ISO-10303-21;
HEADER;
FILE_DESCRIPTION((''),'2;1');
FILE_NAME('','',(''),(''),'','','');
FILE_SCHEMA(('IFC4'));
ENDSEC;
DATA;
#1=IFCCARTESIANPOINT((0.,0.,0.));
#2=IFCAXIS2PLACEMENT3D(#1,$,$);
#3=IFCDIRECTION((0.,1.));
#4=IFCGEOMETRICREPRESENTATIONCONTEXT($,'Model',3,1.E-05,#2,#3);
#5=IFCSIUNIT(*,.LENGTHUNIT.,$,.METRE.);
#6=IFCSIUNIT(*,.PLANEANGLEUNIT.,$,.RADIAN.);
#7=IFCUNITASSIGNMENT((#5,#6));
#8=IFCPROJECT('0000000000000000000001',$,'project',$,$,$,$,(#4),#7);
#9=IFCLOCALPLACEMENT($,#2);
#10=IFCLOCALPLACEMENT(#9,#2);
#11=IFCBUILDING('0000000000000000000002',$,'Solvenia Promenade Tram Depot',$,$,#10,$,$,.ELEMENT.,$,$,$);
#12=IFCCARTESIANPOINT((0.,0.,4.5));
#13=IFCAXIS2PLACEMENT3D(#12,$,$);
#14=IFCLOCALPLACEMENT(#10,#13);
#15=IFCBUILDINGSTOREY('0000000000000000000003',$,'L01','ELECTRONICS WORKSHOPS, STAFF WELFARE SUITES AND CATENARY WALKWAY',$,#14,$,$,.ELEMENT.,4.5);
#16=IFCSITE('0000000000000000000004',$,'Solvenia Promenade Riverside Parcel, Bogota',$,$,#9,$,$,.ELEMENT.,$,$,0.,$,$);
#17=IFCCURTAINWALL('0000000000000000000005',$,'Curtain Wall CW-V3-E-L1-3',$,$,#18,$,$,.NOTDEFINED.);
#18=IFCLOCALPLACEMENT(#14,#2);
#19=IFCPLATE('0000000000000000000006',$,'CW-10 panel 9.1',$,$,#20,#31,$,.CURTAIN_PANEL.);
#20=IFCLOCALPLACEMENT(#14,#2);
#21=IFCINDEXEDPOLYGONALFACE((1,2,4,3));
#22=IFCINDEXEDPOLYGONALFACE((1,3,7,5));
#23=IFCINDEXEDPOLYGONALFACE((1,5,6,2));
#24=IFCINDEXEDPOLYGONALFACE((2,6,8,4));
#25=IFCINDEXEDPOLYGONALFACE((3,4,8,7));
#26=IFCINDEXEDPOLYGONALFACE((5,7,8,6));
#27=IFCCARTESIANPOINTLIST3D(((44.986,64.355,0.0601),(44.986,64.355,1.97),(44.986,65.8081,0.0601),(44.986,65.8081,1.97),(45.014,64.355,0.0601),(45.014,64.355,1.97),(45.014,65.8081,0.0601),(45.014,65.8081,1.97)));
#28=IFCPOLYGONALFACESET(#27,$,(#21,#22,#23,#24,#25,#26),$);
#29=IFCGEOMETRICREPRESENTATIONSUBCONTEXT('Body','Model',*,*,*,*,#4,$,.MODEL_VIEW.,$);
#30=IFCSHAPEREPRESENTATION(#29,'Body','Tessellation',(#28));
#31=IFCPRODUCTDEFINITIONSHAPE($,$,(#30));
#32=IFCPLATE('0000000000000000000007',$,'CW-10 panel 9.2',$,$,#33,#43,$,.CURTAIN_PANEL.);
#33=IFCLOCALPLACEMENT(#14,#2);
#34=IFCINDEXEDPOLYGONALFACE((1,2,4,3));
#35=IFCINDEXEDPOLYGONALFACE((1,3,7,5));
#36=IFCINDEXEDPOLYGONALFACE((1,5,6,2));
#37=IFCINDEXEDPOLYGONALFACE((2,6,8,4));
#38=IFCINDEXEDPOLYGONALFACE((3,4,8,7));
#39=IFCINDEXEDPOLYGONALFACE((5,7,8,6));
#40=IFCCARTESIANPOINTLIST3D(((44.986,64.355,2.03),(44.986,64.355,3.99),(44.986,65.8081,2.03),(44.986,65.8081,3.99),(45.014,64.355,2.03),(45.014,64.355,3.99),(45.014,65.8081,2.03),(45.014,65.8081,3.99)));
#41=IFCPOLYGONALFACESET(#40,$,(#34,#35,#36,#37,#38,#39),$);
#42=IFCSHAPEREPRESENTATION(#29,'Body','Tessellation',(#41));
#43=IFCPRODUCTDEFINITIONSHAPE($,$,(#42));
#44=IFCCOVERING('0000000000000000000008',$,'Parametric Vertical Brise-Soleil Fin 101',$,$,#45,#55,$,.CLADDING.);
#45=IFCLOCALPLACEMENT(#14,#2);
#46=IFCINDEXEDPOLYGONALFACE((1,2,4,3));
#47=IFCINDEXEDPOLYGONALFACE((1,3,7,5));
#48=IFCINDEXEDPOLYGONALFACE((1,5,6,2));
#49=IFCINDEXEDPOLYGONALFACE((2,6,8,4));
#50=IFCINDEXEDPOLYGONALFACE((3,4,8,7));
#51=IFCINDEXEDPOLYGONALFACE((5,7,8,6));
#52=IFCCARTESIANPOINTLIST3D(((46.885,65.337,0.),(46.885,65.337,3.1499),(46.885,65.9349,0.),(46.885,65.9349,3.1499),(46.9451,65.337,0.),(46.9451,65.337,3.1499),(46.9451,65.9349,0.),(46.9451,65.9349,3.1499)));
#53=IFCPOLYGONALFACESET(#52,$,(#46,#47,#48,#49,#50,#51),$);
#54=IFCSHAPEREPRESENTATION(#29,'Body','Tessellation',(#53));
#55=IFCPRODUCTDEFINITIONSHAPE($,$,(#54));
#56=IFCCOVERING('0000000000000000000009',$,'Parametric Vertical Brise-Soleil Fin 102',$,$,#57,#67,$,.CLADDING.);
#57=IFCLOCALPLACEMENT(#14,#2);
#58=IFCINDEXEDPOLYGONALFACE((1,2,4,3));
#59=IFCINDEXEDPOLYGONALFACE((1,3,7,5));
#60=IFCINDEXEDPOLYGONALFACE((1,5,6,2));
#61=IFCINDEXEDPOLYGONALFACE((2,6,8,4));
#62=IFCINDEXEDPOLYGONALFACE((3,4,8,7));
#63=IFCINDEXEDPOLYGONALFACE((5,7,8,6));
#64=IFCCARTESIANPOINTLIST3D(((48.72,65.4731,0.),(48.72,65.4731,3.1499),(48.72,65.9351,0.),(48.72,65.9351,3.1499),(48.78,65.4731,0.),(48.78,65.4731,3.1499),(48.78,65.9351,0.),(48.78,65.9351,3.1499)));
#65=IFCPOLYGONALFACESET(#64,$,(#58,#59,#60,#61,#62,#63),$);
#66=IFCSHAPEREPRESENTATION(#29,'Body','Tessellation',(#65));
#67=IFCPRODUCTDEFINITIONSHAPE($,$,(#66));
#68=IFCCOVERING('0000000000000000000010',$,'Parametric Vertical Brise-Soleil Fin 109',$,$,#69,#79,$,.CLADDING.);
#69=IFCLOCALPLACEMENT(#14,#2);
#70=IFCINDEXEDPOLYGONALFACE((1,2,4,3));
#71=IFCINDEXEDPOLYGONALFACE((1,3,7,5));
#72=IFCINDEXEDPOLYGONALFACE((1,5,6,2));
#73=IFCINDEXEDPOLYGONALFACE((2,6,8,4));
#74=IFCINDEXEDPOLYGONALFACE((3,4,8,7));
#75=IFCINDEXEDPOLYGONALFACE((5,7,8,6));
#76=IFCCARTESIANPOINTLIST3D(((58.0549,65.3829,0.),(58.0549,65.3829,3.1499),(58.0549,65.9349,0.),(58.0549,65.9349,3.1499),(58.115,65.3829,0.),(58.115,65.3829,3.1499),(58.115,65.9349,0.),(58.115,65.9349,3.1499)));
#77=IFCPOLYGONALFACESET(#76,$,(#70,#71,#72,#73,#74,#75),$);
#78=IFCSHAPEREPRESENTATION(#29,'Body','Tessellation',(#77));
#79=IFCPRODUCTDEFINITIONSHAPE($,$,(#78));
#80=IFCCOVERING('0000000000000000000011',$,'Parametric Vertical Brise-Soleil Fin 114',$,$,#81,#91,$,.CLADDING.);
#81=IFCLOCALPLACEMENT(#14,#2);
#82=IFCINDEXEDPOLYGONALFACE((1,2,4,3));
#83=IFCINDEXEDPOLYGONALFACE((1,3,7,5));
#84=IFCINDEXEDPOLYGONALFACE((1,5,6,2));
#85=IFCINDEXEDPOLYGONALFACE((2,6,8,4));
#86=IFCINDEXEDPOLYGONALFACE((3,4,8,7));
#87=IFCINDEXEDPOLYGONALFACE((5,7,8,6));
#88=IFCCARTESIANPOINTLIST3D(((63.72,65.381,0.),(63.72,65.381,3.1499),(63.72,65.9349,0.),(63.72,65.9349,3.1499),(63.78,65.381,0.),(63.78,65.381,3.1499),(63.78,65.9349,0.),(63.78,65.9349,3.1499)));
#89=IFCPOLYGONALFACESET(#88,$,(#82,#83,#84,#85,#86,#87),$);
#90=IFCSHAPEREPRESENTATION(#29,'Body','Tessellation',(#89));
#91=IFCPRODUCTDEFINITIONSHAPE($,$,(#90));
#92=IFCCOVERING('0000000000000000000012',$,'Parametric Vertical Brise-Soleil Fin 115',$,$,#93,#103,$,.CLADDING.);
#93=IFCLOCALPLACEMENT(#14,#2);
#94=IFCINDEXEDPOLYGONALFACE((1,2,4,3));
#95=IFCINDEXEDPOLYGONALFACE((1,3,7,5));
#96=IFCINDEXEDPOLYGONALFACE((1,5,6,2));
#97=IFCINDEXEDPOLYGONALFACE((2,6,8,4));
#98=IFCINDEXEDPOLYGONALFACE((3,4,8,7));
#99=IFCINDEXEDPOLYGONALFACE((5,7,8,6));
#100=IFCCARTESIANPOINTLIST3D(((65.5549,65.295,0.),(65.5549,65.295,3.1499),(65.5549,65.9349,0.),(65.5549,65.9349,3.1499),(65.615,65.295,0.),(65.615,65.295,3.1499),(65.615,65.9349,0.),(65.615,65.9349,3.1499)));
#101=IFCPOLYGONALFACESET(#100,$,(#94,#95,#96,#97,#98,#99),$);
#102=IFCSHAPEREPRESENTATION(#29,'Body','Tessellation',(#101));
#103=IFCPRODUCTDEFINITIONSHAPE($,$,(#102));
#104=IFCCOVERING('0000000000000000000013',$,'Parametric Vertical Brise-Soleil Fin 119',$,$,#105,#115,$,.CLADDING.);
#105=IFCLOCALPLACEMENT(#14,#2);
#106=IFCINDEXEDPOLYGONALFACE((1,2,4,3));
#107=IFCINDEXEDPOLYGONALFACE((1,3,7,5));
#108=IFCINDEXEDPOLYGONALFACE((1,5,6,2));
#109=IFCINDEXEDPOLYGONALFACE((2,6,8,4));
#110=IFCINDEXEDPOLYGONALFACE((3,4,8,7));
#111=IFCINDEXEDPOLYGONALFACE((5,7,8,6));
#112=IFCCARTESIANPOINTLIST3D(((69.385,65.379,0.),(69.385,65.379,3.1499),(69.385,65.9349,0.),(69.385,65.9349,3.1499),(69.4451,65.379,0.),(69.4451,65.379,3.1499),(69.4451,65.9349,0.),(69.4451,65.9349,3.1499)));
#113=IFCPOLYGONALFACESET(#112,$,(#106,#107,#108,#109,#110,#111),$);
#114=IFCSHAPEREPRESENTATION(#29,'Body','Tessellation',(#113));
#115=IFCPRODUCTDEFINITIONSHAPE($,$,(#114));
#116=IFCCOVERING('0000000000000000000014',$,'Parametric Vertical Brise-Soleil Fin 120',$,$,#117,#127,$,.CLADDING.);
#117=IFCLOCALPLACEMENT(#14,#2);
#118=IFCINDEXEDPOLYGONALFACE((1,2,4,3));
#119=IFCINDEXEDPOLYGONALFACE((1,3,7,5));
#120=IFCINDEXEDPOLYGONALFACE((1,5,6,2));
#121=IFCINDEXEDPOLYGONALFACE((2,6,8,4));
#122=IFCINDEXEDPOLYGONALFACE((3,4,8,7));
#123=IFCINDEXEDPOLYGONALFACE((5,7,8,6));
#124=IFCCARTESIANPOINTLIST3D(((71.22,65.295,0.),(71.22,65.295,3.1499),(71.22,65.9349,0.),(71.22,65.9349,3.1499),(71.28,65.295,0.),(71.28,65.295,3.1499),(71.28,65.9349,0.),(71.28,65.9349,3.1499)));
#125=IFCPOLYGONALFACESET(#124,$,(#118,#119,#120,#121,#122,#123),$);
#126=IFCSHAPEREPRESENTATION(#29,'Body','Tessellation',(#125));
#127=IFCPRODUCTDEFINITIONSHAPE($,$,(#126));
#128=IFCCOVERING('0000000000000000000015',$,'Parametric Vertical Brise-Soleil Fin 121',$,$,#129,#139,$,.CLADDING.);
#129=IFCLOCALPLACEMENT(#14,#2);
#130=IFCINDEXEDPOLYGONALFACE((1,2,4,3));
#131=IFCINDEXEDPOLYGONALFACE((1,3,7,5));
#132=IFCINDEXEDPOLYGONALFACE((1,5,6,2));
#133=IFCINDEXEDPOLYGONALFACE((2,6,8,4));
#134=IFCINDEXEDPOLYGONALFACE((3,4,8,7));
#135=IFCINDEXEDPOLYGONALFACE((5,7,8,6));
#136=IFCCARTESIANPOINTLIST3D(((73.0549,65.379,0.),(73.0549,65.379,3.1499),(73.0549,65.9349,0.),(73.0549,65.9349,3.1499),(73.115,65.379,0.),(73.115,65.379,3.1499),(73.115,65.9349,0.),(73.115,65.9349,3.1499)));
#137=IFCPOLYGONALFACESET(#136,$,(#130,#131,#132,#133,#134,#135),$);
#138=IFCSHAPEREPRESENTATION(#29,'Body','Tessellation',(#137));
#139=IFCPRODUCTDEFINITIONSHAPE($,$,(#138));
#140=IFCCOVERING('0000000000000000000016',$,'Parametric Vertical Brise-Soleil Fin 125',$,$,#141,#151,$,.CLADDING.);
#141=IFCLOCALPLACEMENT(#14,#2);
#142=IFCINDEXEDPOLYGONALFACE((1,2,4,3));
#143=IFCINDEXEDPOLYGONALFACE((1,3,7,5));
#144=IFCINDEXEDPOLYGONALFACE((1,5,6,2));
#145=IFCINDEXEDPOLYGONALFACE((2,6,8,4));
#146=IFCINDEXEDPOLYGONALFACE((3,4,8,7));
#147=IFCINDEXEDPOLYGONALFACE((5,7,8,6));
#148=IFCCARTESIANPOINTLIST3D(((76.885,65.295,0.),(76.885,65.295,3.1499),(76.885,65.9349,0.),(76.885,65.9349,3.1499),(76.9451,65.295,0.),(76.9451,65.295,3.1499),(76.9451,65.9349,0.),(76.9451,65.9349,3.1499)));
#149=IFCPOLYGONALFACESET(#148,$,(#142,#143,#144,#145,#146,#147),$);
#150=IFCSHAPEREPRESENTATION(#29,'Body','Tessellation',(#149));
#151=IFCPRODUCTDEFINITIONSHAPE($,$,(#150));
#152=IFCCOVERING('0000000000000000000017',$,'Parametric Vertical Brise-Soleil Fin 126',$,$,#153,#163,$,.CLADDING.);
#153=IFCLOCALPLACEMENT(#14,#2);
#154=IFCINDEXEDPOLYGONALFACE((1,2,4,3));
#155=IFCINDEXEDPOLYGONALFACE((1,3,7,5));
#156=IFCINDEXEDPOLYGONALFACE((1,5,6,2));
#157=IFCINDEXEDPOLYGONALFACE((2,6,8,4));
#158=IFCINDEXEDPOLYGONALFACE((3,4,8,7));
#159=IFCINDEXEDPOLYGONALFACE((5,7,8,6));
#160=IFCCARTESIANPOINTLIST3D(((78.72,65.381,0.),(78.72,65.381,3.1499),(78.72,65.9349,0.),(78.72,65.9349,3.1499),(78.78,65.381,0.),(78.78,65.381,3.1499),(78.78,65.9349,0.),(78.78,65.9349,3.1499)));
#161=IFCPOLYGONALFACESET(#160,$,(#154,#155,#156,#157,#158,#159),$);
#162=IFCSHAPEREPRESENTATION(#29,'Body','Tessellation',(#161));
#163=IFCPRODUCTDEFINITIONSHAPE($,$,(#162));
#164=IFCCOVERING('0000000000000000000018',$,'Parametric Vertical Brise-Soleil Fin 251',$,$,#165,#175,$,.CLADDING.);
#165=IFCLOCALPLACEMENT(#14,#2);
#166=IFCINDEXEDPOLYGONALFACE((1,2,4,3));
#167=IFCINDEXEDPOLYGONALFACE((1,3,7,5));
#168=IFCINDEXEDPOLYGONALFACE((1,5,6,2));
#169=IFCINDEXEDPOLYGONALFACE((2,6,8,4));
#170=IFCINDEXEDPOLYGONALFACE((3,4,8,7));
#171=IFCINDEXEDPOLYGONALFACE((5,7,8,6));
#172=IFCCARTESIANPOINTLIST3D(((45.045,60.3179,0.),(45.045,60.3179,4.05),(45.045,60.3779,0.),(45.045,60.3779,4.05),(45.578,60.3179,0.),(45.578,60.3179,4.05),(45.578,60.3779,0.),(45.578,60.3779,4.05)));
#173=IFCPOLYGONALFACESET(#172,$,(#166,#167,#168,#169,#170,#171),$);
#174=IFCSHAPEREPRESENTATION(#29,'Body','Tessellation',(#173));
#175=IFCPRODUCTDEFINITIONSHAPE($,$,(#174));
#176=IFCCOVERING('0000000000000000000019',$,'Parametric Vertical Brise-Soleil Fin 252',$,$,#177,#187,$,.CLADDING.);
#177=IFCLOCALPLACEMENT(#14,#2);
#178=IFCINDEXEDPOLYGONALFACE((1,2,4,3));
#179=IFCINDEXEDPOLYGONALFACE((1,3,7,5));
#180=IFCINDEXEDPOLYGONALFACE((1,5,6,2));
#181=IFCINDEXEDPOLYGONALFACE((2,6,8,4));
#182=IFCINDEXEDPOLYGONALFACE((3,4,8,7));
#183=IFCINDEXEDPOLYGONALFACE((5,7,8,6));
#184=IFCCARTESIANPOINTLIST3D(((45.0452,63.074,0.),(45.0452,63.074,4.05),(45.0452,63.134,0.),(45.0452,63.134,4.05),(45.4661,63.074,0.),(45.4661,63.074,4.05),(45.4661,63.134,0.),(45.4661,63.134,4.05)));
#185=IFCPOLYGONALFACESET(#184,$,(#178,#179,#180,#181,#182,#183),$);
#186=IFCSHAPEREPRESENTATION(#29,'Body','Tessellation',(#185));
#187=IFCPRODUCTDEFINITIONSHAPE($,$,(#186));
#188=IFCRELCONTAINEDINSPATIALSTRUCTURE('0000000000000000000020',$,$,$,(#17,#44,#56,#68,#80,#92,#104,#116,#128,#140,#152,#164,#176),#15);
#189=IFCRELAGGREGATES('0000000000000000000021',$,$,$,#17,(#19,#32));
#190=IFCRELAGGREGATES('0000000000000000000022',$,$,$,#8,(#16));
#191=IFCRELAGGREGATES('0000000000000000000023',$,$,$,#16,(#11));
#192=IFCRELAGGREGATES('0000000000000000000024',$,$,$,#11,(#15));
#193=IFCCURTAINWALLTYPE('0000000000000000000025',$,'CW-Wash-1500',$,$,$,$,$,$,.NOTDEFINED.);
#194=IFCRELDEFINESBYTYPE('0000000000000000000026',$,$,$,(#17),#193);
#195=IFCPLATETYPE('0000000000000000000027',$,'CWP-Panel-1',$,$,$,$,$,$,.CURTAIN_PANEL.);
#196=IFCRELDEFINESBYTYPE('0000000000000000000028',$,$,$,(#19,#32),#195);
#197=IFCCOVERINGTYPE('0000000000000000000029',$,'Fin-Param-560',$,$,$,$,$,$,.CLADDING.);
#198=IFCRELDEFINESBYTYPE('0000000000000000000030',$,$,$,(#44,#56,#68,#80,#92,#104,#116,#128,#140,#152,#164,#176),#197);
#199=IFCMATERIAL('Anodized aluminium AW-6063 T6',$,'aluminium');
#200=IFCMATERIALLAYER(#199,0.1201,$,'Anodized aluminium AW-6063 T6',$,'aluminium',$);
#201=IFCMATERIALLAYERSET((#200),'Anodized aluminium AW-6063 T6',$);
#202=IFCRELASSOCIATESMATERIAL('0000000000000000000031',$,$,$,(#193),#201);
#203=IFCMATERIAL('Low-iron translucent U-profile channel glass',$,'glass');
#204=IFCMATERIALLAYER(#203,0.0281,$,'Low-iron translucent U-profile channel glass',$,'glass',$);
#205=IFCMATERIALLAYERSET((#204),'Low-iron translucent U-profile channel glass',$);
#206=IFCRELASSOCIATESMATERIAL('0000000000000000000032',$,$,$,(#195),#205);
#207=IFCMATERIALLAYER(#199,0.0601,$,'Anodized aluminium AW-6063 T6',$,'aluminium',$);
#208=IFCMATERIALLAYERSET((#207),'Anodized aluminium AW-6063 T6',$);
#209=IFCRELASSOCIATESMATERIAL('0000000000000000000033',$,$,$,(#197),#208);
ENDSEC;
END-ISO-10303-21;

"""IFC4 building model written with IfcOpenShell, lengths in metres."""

from ifc_helpers import new_model, si_unit, direction, frame, origin, origin_2d, place, context, subcontext, project, spatial, rectangle, extrude, material, layer, layer_set, type_object, element, aggregate, save


model = new_model("IFC4")

# Units and contexts
model_context = context("Model", 3, precision=1e-05, world=origin(), true_north=direction((0.0, 1.0)))
body_context = subcontext(model_context, "Body", "Model", "MODEL_VIEW")
ifc_project = project(units=[si_unit("LENGTHUNIT", "METRE"), si_unit("PLANEANGLEUNIT", "RADIAN")], contexts=[model_context])

# Site, building, storey
site_placement = place(None, origin())
site = spatial("IfcSite", under=ifc_project, at=site_placement, Name="Solvenia Promenade Riverside Parcel, Bogota", CompositionType="ELEMENT", RefElevation=0.0)
building_placement = place(site_placement, origin())
building = spatial("IfcBuilding", under=site, at=building_placement, Name="Solvenia Promenade Tram Depot", CompositionType="ELEMENT")
storey_placement = place(building_placement, frame((0.0, 0.0, 4.5)))
storey = spatial("IfcBuildingStorey", under=building, at=storey_placement, Name="L01", Description="ELECTRONICS WORKSHOPS, STAFF WELFARE SUITES AND CATENARY WALKWAY", CompositionType="ELEMENT", Elevation=4.5)

# Curtain wall, plates
ifc_material_1 = material(Name="Anodized aluminium AW-6063 T6", Category="aluminium")
ifc_layer_1 = layer(ifc_material_1, 0.1201, Name="Anodized aluminium AW-6063 T6", Category="aluminium")
ifc_layer_set_1 = layer_set([ifc_layer_1], Name="Anodized aluminium AW-6063 T6")
curtain_wall_type = type_object("IfcCurtainWallType", Name="CW-Wash-1500", PredefinedType="NOTDEFINED", material=ifc_layer_set_1)
curtain_wall_placement = place(storey_placement, origin())
curtain_wall = element("IfcCurtainWall", 1, at=curtain_wall_placement, inside=storey, type_object=curtain_wall_type, Name="Curtain Wall CW-V3-E-L1-3", PredefinedType="NOTDEFINED")
ifc_material_2 = material(Name="Low-iron translucent U-profile channel glass", Category="glass")
ifc_layer_2 = layer(ifc_material_2, 0.0281, Name="Low-iron translucent U-profile channel glass", Category="glass")
ifc_layer_set_2 = layer_set([ifc_layer_2], Name="Low-iron translucent U-profile channel glass")
plate_type = type_object("IfcPlateType", Name="CWP-Panel-1", PredefinedType="CURTAIN_PANEL", material=ifc_layer_set_2)
plate_1_placement = place(storey_placement, frame((45.0, 65.0815, 0.0601), z_axis=(0.0, 0.0, 1.0), x_axis=(0.0, 1.0, 0.0)))
plate_1 = element("IfcPlate", 2, at=plate_1_placement, type_object=plate_type, Name="CW-10 panel 9.1", PredefinedType="CURTAIN_PANEL", context=body_context, shape_type="SweptSolid", body=[
    extrude(rectangle(XDim=1.4531, YDim=0.0281, at=origin_2d()), origin(), (0.0, 0.0, 1.0), 1.9099),
])
plate_2_placement = place(storey_placement, frame((45.0, 65.0815, 2.03), z_axis=(0.0, 0.0, 1.0), x_axis=(0.0, 1.0, 0.0)))
plate_2 = element("IfcPlate", 3, at=plate_2_placement, type_object=plate_type, Name="CW-10 panel 9.2", PredefinedType="CURTAIN_PANEL", context=body_context, shape_type="SweptSolid", body=[
    extrude(rectangle(XDim=1.4531, YDim=0.0281, at=origin_2d()), origin(), (0.0, 0.0, 1.0), 1.96),
])
aggregate(curtain_wall, [plate_1, plate_2])

# Coverings
ifc_layer_3 = layer(ifc_material_1, 0.0601, Name="Anodized aluminium AW-6063 T6", Category="aluminium")
ifc_layer_set_3 = layer_set([ifc_layer_3], Name="Anodized aluminium AW-6063 T6")
covering_type = type_object("IfcCoveringType", Name="Fin-Param-560", PredefinedType="CLADDING", material=ifc_layer_set_3)
covering_1_placement = place(storey_placement, frame((46.915, 65.636, 0.0), z_axis=(0.0, 0.0, 1.0), x_axis=(1.0, 0.0, 0.0)))
element("IfcCovering", 4, at=covering_1_placement, inside=storey, type_object=covering_type, Name="Parametric Vertical Brise-Soleil Fin 101", PredefinedType="CLADDING", context=body_context, shape_type="SweptSolid", body=[
    extrude(rectangle(XDim=0.0601, YDim=0.5979, at=origin_2d()), origin(), (0.0, 0.0, 1.0), 3.1499),
])
covering_2_placement = place(storey_placement, frame((48.75, 65.7041, 0.0), z_axis=(0.0, 0.0, 1.0), x_axis=(1.0, 0.0, 0.0)))
element("IfcCovering", 5, at=covering_2_placement, inside=storey, type_object=covering_type, Name="Parametric Vertical Brise-Soleil Fin 102", PredefinedType="CLADDING", context=body_context, shape_type="SweptSolid", body=[
    extrude(rectangle(XDim=0.0601, YDim=0.4619, at=origin_2d()), origin(), (0.0, 0.0, 1.0), 3.1499),
])
covering_3_placement = place(storey_placement, frame((58.085, 65.6589, 0.0), z_axis=(0.0, 0.0, 1.0), x_axis=(1.0, 0.0, 0.0)))
element("IfcCovering", 6, at=covering_3_placement, inside=storey, type_object=covering_type, Name="Parametric Vertical Brise-Soleil Fin 109", PredefinedType="CLADDING", context=body_context, shape_type="SweptSolid", body=[
    extrude(rectangle(XDim=0.0601, YDim=0.552, at=origin_2d()), origin(), (0.0, 0.0, 1.0), 3.1499),
])
covering_4_placement = place(storey_placement, frame((63.75, 65.658, 0.0), z_axis=(0.0, 0.0, 1.0), x_axis=(1.0, 0.0, 0.0)))
element("IfcCovering", 7, at=covering_4_placement, inside=storey, type_object=covering_type, Name="Parametric Vertical Brise-Soleil Fin 114", PredefinedType="CLADDING", context=body_context, shape_type="SweptSolid", body=[
    extrude(rectangle(XDim=0.0601, YDim=0.554, at=origin_2d()), origin(), (0.0, 0.0, 1.0), 3.1499),
])
covering_5_placement = place(storey_placement, frame((65.585, 65.615, 0.0), z_axis=(0.0, 0.0, 1.0), x_axis=(1.0, 0.0, 0.0)))
element("IfcCovering", 8, at=covering_5_placement, inside=storey, type_object=covering_type, Name="Parametric Vertical Brise-Soleil Fin 115", PredefinedType="CLADDING", context=body_context, shape_type="SweptSolid", body=[
    extrude(rectangle(XDim=0.0601, YDim=0.6399, at=origin_2d()), origin(), (0.0, 0.0, 1.0), 3.1499),
])
covering_6_placement = place(storey_placement, frame((69.415, 65.657, 0.0), z_axis=(0.0, 0.0, 1.0), x_axis=(1.0, 0.0, 0.0)))
element("IfcCovering", 9, at=covering_6_placement, inside=storey, type_object=covering_type, Name="Parametric Vertical Brise-Soleil Fin 119", PredefinedType="CLADDING", context=body_context, shape_type="SweptSolid", body=[
    extrude(rectangle(XDim=0.0601, YDim=0.5559, at=origin_2d()), origin(), (0.0, 0.0, 1.0), 3.1499),
])
covering_7_placement = place(storey_placement, frame((71.25, 65.615, 0.0), z_axis=(0.0, 0.0, 1.0), x_axis=(1.0, 0.0, 0.0)))
element("IfcCovering", 10, at=covering_7_placement, inside=storey, type_object=covering_type, Name="Parametric Vertical Brise-Soleil Fin 120", PredefinedType="CLADDING", context=body_context, shape_type="SweptSolid", body=[
    extrude(rectangle(XDim=0.0601, YDim=0.6399, at=origin_2d()), origin(), (0.0, 0.0, 1.0), 3.1499),
])
covering_8_placement = place(storey_placement, frame((73.085, 65.657, 0.0), z_axis=(0.0, 0.0, 1.0), x_axis=(1.0, 0.0, 0.0)))
element("IfcCovering", 11, at=covering_8_placement, inside=storey, type_object=covering_type, Name="Parametric Vertical Brise-Soleil Fin 121", PredefinedType="CLADDING", context=body_context, shape_type="SweptSolid", body=[
    extrude(rectangle(XDim=0.0601, YDim=0.5559, at=origin_2d()), origin(), (0.0, 0.0, 1.0), 3.1499),
])
covering_9_placement = place(storey_placement, frame((76.915, 65.615, 0.0), z_axis=(0.0, 0.0, 1.0), x_axis=(1.0, 0.0, 0.0)))
element("IfcCovering", 12, at=covering_9_placement, inside=storey, type_object=covering_type, Name="Parametric Vertical Brise-Soleil Fin 125", PredefinedType="CLADDING", context=body_context, shape_type="SweptSolid", body=[
    extrude(rectangle(XDim=0.0601, YDim=0.6399, at=origin_2d()), origin(), (0.0, 0.0, 1.0), 3.1499),
])
covering_10_placement = place(storey_placement, frame((78.75, 65.658, 0.0), z_axis=(0.0, 0.0, 1.0), x_axis=(1.0, 0.0, 0.0)))
element("IfcCovering", 13, at=covering_10_placement, inside=storey, type_object=covering_type, Name="Parametric Vertical Brise-Soleil Fin 126", PredefinedType="CLADDING", context=body_context, shape_type="SweptSolid", body=[
    extrude(rectangle(XDim=0.0601, YDim=0.554, at=origin_2d()), origin(), (0.0, 0.0, 1.0), 3.1499),
])
covering_11_placement = place(storey_placement, frame((45.3115, 60.3479, 0.0), z_axis=(0.0, 0.0, 1.0), x_axis=(0.0, 1.0, 0.0)))
element("IfcCovering", 14, at=covering_11_placement, inside=storey, type_object=covering_type, Name="Parametric Vertical Brise-Soleil Fin 251", PredefinedType="CLADDING", context=body_context, shape_type="SweptSolid", body=[
    extrude(rectangle(XDim=0.0601, YDim=0.533, at=origin_2d()), origin(), (0.0, 0.0, 1.0), 4.05),
])
covering_12_placement = place(storey_placement, frame((45.2556, 63.104, 0.0), z_axis=(0.0, 0.0, 1.0), x_axis=(0.0, 1.0, 0.0)))
element("IfcCovering", 15, at=covering_12_placement, inside=storey, type_object=covering_type, Name="Parametric Vertical Brise-Soleil Fin 252", PredefinedType="CLADDING", context=body_context, shape_type="SweptSolid", body=[
    extrude(rectangle(XDim=0.0601, YDim=0.4209, at=origin_2d()), origin(), (0.0, 0.0, 1.0), 4.05),
])

save(model, "model.ifc")
